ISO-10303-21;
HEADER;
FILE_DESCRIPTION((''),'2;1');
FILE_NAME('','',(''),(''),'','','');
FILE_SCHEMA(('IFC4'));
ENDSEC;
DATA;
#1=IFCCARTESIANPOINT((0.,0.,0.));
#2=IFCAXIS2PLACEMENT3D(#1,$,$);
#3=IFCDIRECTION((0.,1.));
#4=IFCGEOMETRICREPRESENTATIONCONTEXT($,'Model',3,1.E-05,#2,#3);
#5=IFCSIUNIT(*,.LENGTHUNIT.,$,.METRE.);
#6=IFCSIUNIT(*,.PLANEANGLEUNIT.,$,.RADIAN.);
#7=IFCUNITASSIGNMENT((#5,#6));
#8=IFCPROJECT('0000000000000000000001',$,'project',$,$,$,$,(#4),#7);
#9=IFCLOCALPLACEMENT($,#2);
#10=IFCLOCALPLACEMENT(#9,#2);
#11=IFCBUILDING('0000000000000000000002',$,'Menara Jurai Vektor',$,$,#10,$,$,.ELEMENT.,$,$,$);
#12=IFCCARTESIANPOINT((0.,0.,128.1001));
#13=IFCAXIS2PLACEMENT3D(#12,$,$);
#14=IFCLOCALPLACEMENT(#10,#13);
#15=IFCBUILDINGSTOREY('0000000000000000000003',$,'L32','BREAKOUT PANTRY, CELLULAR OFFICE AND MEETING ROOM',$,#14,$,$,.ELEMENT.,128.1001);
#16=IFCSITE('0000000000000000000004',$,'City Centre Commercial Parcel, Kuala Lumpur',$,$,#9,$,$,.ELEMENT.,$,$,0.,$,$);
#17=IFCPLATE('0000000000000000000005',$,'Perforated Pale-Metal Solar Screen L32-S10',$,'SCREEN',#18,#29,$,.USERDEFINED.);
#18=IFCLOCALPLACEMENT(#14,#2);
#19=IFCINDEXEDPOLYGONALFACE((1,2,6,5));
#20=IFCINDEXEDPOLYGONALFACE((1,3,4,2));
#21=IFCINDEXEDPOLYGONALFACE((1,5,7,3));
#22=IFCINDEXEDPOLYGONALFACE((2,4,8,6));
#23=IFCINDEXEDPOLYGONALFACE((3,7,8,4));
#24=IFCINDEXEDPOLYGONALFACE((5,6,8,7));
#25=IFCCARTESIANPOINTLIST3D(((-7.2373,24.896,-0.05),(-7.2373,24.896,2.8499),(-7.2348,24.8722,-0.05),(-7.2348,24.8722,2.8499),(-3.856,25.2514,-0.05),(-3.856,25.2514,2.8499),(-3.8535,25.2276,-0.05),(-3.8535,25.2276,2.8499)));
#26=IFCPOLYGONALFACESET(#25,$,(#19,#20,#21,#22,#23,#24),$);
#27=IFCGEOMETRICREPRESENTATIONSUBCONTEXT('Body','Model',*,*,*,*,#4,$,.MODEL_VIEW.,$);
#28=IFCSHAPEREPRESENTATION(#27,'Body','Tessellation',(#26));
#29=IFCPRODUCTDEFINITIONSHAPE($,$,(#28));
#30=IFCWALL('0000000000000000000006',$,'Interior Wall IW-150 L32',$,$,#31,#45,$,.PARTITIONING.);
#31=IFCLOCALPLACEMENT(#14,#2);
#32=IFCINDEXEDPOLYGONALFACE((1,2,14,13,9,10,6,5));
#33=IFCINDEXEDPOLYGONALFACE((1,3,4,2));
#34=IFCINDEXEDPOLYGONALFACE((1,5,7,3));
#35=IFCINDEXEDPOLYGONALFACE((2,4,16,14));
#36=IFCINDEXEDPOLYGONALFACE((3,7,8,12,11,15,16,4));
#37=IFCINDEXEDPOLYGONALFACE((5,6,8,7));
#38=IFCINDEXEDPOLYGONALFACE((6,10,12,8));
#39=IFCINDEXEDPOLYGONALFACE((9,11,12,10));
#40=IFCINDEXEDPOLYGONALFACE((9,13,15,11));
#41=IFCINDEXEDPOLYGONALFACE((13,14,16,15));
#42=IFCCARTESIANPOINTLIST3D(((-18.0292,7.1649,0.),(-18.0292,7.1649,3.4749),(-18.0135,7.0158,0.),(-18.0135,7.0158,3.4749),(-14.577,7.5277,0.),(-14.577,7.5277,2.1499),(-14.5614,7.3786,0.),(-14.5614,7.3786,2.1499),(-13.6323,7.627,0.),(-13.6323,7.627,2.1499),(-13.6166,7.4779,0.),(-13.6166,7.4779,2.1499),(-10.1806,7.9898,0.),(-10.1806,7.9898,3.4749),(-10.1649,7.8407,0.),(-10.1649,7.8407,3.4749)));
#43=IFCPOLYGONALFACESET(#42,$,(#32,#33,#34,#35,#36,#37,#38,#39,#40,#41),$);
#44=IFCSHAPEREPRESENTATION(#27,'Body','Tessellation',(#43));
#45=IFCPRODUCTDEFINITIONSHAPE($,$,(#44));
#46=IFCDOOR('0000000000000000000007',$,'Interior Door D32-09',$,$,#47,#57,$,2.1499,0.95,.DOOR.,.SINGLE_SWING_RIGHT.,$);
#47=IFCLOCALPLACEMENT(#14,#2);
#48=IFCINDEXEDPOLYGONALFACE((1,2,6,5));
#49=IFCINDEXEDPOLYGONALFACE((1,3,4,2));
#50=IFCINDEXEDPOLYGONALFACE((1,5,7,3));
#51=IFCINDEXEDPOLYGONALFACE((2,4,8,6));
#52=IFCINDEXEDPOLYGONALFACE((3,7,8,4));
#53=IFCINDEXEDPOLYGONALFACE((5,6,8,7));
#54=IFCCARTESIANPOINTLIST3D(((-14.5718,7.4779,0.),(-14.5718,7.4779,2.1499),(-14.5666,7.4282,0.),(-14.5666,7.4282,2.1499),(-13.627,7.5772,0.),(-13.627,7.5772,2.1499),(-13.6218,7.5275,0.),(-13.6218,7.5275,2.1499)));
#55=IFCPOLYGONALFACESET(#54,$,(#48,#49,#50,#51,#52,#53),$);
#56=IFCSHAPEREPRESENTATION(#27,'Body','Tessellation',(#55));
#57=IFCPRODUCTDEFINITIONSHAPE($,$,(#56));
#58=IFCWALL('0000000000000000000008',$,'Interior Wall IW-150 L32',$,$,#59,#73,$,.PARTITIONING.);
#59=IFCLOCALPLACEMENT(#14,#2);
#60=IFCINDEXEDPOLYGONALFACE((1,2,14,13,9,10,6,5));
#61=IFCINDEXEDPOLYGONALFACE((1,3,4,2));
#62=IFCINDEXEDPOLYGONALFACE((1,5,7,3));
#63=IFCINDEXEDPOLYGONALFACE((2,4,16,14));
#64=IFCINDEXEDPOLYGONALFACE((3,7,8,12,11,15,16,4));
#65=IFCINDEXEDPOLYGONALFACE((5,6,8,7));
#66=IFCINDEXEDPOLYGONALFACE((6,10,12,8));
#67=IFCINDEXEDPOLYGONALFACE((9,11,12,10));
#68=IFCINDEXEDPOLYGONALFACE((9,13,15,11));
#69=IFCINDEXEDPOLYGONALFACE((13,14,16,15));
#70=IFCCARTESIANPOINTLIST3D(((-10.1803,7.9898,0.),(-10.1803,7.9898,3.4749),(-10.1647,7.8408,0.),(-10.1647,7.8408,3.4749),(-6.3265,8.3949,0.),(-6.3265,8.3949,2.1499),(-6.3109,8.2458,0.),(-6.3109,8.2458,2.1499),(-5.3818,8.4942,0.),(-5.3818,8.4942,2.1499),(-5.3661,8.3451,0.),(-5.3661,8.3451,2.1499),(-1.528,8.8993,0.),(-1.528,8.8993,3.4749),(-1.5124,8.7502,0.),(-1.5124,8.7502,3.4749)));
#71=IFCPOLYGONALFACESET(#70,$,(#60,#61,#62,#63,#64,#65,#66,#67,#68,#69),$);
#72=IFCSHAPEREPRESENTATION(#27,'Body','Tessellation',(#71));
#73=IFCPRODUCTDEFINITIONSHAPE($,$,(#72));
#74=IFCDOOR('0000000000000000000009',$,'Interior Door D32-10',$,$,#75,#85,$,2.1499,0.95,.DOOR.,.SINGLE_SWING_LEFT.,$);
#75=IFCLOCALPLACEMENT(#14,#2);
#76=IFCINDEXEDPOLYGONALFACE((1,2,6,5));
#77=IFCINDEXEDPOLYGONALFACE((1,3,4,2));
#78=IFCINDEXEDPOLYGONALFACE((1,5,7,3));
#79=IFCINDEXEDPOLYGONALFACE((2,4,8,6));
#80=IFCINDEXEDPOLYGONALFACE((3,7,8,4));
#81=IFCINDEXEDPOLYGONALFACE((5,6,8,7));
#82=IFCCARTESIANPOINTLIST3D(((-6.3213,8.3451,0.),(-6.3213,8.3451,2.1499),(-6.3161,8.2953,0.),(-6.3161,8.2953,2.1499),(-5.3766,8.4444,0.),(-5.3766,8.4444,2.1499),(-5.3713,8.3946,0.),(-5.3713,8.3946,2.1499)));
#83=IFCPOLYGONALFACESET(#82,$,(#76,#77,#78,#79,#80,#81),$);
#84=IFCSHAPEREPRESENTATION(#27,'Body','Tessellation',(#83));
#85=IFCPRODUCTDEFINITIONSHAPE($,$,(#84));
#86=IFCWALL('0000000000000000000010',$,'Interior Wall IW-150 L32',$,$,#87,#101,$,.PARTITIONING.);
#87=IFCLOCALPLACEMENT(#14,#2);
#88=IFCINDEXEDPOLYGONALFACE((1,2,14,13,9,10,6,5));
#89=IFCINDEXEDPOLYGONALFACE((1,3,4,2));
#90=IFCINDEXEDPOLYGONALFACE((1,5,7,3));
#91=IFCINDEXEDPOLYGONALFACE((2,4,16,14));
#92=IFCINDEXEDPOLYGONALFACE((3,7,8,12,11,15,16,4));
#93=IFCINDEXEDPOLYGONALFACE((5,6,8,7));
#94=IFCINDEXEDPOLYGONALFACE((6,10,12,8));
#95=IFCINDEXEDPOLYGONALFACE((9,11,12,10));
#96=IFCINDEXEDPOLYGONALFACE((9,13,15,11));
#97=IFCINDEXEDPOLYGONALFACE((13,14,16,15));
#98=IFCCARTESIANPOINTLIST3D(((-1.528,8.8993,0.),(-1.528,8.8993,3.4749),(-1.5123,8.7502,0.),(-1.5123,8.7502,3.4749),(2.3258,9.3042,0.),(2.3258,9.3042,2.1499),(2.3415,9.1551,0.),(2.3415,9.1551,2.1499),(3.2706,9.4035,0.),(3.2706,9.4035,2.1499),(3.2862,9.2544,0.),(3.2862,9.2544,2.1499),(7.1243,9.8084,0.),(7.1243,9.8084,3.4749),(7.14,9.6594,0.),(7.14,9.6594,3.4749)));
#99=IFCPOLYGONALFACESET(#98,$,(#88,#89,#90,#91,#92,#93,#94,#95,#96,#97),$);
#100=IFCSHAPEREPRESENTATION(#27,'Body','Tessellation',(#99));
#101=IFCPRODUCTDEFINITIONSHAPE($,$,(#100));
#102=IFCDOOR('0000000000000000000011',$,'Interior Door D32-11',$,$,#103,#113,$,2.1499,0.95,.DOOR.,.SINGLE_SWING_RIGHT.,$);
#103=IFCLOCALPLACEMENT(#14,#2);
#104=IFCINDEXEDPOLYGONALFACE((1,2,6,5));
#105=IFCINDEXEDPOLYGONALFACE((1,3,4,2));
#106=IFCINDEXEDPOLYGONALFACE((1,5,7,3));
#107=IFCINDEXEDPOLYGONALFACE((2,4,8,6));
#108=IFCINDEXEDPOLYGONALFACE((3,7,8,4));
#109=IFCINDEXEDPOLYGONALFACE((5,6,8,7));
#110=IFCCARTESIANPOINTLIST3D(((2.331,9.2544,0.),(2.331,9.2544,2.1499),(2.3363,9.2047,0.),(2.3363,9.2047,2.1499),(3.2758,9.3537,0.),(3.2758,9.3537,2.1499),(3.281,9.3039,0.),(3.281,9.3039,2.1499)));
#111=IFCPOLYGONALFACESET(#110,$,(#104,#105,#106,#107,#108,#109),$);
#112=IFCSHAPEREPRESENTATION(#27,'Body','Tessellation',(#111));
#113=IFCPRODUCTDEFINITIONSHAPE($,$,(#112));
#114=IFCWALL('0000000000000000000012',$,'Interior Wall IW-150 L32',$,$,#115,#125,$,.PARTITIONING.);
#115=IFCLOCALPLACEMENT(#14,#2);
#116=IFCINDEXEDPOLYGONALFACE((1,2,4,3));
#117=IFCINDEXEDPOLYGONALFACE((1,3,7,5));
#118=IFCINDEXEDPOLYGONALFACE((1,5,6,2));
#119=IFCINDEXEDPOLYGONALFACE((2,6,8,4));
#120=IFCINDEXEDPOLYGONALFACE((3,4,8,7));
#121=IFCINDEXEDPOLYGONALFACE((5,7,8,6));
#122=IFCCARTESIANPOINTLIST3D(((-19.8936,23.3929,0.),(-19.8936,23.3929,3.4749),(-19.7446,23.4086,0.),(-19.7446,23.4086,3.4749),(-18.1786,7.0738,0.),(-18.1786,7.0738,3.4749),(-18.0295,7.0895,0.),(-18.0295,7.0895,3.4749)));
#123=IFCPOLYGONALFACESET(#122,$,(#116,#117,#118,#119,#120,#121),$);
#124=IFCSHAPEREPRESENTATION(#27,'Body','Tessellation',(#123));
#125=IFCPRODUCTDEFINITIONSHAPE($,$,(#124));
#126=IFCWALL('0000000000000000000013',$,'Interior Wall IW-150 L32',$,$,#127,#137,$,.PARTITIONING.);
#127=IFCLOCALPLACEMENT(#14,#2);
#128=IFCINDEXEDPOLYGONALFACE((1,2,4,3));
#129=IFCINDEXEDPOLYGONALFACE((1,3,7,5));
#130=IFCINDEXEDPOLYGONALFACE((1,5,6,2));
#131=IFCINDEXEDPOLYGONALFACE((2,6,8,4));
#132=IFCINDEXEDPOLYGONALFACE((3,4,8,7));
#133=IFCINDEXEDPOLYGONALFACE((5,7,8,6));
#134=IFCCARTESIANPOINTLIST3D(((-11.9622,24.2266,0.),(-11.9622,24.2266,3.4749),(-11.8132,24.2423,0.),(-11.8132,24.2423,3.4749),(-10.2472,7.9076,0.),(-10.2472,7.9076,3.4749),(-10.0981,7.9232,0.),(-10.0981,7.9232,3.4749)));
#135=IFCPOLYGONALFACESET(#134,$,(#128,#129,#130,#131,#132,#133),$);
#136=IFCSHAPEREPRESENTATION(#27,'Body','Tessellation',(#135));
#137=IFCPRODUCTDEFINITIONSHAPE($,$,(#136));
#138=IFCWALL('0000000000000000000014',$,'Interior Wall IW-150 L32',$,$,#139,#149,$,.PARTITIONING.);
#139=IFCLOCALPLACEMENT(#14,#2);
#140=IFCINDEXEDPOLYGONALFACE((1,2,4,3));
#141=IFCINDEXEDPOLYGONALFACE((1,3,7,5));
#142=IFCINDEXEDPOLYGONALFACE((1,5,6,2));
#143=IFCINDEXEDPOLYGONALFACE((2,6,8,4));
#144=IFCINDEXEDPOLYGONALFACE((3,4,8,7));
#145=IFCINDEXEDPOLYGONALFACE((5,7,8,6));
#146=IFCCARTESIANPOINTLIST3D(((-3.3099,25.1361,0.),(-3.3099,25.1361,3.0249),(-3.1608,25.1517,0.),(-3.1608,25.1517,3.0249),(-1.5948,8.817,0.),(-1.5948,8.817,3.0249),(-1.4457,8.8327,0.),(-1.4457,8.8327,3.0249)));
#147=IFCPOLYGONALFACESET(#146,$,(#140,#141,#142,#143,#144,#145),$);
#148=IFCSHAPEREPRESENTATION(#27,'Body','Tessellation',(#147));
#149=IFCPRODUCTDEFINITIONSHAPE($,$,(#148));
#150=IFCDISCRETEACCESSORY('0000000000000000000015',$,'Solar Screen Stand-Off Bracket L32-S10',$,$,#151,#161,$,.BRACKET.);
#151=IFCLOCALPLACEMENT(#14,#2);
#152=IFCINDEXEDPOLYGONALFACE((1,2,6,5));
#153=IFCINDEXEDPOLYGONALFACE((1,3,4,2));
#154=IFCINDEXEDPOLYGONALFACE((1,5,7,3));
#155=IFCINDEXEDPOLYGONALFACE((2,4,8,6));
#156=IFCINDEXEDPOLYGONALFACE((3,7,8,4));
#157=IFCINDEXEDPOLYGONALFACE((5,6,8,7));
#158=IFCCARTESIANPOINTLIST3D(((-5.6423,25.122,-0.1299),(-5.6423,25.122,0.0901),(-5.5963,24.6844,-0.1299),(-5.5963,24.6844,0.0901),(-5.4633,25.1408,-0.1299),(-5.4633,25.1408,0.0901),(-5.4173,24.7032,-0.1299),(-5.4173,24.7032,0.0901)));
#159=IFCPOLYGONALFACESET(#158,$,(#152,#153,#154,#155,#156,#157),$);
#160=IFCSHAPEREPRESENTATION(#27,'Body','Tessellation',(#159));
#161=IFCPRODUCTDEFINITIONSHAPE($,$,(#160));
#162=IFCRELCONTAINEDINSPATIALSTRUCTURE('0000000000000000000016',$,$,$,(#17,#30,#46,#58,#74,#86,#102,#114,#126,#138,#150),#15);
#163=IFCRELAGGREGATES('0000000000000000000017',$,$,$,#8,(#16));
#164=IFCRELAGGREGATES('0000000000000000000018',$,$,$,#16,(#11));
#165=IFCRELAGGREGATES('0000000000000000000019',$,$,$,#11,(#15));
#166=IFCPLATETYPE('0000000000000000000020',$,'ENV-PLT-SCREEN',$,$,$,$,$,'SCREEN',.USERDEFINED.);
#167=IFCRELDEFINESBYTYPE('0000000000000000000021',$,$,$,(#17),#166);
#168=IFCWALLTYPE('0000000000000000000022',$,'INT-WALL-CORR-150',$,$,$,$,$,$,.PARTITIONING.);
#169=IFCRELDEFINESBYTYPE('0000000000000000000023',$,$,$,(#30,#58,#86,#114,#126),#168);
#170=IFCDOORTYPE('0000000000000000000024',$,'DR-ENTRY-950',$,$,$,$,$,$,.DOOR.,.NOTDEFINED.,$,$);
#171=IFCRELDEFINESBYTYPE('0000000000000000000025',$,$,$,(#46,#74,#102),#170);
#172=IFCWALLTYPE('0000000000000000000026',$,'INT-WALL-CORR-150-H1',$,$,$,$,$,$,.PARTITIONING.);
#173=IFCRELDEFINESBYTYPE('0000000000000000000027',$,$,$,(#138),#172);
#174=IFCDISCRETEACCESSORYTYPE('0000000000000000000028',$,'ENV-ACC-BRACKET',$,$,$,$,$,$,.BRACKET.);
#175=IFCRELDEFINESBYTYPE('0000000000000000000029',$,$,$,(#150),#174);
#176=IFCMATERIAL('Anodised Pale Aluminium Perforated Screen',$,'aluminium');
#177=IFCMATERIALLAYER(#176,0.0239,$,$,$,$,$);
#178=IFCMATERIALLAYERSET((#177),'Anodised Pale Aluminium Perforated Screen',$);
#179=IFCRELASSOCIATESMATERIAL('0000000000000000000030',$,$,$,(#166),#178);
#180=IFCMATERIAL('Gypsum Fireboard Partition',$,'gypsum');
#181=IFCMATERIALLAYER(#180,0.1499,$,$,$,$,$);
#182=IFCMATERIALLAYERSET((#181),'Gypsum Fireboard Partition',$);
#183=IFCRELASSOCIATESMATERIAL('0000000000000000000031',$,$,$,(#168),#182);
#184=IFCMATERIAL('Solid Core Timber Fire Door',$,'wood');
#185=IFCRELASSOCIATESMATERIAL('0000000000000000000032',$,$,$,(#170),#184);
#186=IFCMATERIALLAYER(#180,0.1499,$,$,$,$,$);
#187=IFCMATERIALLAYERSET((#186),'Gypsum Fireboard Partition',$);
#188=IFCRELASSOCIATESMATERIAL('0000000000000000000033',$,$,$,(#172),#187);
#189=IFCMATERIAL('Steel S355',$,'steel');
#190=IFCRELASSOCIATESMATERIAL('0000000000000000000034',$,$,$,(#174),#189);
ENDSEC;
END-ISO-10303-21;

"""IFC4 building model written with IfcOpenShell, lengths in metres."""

from ifc_helpers import new_model, si_unit, direction, frame, frame_2d, origin, origin_2d, place, context, subcontext, project, spatial, rectangle, extrude, material, layer, layer_set, type_object, element, fill, save


model = new_model("IFC4")

# Units and contexts
model_context = context("Model", 3, precision=1e-05, world=origin(), true_north=direction((0.0, 1.0)))
body_context = subcontext(model_context, "Body", "Model", "MODEL_VIEW")
ifc_project = project(units=[si_unit("LENGTHUNIT", "METRE"), si_unit("PLANEANGLEUNIT", "RADIAN")], contexts=[model_context])

# Site, building, storey
site_placement = place(None, origin())
site = spatial("IfcSite", under=ifc_project, at=site_placement, Name="City Centre Commercial Parcel, Kuala Lumpur", CompositionType="ELEMENT", RefElevation=0.0)
building_placement = place(site_placement, origin())
building = spatial("IfcBuilding", under=site, at=building_placement, Name="Menara Jurai Vektor", CompositionType="ELEMENT")
storey_placement = place(building_placement, frame((0.0, 0.0, 128.1001)))
storey = spatial("IfcBuildingStorey", under=building, at=storey_placement, Name="L32", Description="BREAKOUT PANTRY, CELLULAR OFFICE AND MEETING ROOM", CompositionType="ELEMENT", Elevation=128.1001)

# Shared definitions
ifc_material_1 = material(Name="Steel S355", Category="steel")

# Plate
ifc_material_2 = material(Name="Anodised Pale Aluminium Perforated Screen", Category="aluminium")
ifc_layer_1 = layer(ifc_material_2, 0.0239)
ifc_layer_set_1 = layer_set([ifc_layer_1], Name="Anodised Pale Aluminium Perforated Screen")
plate_type_1 = type_object("IfcPlateType", Name="ENV-PLT-SCREEN", ElementType="SCREEN", PredefinedType="USERDEFINED", material=ifc_layer_set_1)
plate_1_placement = place(storey_placement, frame((-5.5454, 25.0618, -0.05), z_axis=(0.0, 0.0, 1.0), x_axis=(-0.994522, -0.104528, 0.0)))
element("IfcPlate", 1, at=plate_1_placement, inside=storey, type_object=plate_type_1, Name="Perforated Pale-Metal Solar Screen L32-S10", ObjectType="SCREEN", PredefinedType="USERDEFINED", context=body_context, shape_type="SweptSolid", body=[
    extrude(rectangle(XDim=3.3999, YDim=0.0239, at=origin_2d()), origin(), (0.0, 0.0, 1.0), 2.8999),
])

# Walls, openings, doors
ifc_material_3 = material(Name="Gypsum Fireboard Partition", Category="gypsum")
ifc_layer_2 = layer(ifc_material_3, 0.1499)
ifc_layer_set_2 = layer_set([ifc_layer_2], Name="Gypsum Fireboard Partition")
wall_type_1 = type_object("IfcWallType", Name="INT-WALL-CORR-150", PredefinedType="PARTITIONING", material=ifc_layer_set_2)
wall_1_placement = place(storey_placement, frame((-18.0212, 7.0903, 0.0), z_axis=(0.0, 0.0, 1.0), x_axis=(0.994522, 0.104532, 0.0)))
wall_1 = element("IfcWall", 2, at=wall_1_placement, inside=storey, type_object=wall_type_1, Name="Interior Wall IW-150 L32", PredefinedType="PARTITIONING", context=body_context, shape_type="SweptSolid", body=[
    extrude(rectangle(XDim=7.8918, YDim=0.1499, at=frame_2d((3.9458, 0.0))), origin(), (0.0, 0.0, 1.0), 3.4749),
])
opening_1_placement = place(wall_1_placement, frame((3.4709, 0.0, 0.0)))
opening_1 = element("IfcOpeningElement", 3, at=opening_1_placement, cuts=wall_1, PredefinedType="OPENING", context=body_context, shape_type="SweptSolid", body=[
    extrude(rectangle(XDim=0.95, YDim=2.1499, at=frame_2d((0.4751, 1.075))), frame((0.0, 0.085, 0.0), z_axis=(0.0, -1.0, 0.0), x_axis=(1.0, 0.0, 0.0)), (0.0, 0.0, 1.0), 0.1699),
])
ifc_material_4 = material(Name="Solid Core Timber Fire Door", Category="wood")
door_type = type_object("IfcDoorType", Name="DR-ENTRY-950", OperationType="NOTDEFINED", PredefinedType="DOOR", material=ifc_material_4)
door_1_placement = place(opening_1_placement, origin())
door_1 = element("IfcDoor", 4, at=door_1_placement, inside=storey, type_object=door_type, Name="Interior Door D32-09", OperationType="SINGLE_SWING_RIGHT", OverallHeight=2.1499, OverallWidth=0.95, PredefinedType="DOOR", context=body_context, shape_type="SweptSolid", body=[
    extrude(rectangle(XDim=0.95, YDim=2.1499, at=frame_2d((0.4751, 1.075))), frame((0.0, 0.0249, 0.0), z_axis=(0.0, -1.0, 0.0), x_axis=(1.0, 0.0, 0.0)), (0.0, 0.0, 1.0), 0.05),
])
fill(opening_1, door_1)
wall_2_placement = place(storey_placement, frame((-10.1726, 7.9153, 0.0), z_axis=(0.0, 0.0, 1.0), x_axis=(0.994522, 0.104531, 0.0)))
wall_2 = element("IfcWall", 5, at=wall_2_placement, inside=storey, type_object=wall_type_1, Name="Interior Wall IW-150 L32", PredefinedType="PARTITIONING", context=body_context, shape_type="SweptSolid", body=[
    extrude(rectangle(XDim=8.7, YDim=0.1499, at=frame_2d((4.3501, 0.0))), origin(), (0.0, 0.0, 1.0), 3.4749),
])
opening_2_placement = place(wall_2_placement, frame((3.875, 0.0, 0.0)))
opening_2 = element("IfcOpeningElement", 6, at=opening_2_placement, cuts=wall_2, PredefinedType="OPENING", context=body_context, shape_type="SweptSolid", body=[
    extrude(rectangle(XDim=0.95, YDim=2.1499, at=frame_2d((0.4751, 1.075))), frame((0.0, 0.085, 0.0), z_axis=(0.0, -1.0, 0.0), x_axis=(1.0, 0.0, 0.0)), (0.0, 0.0, 1.0), 0.1699),
])
door_2_placement = place(opening_2_placement, origin())
door_2 = element("IfcDoor", 7, at=door_2_placement, inside=storey, type_object=door_type, Name="Interior Door D32-10", OperationType="SINGLE_SWING_LEFT", OverallHeight=2.1499, OverallWidth=0.95, PredefinedType="DOOR", context=body_context, shape_type="SweptSolid", body=[
    extrude(rectangle(XDim=0.95, YDim=2.1499, at=frame_2d((0.4751, 1.075))), frame((0.0, 0.0249, 0.0), z_axis=(0.0, -1.0, 0.0), x_axis=(1.0, 0.0, 0.0)), (0.0, 0.0, 1.0), 0.05),
])
fill(opening_2, door_2)
wall_3_placement = place(storey_placement, frame((-1.5203, 8.8247, 0.0), z_axis=(0.0, 0.0, 1.0), x_axis=(0.994525, 0.104504, 0.0)))
wall_3 = element("IfcWall", 8, at=wall_3_placement, inside=storey, type_object=wall_type_1, Name="Interior Wall IW-150 L32", PredefinedType="PARTITIONING", context=body_context, shape_type="SweptSolid", body=[
    extrude(rectangle(XDim=8.7, YDim=0.1499, at=frame_2d((4.3501, 0.0))), origin(), (0.0, 0.0, 1.0), 3.4749),
])
opening_3_placement = place(wall_3_placement, frame((3.875, 0.0, 0.0)))
opening_3 = element("IfcOpeningElement", 9, at=opening_3_placement, cuts=wall_3, PredefinedType="OPENING", context=body_context, shape_type="SweptSolid", body=[
    extrude(rectangle(XDim=0.95, YDim=2.1499, at=frame_2d((0.4751, 1.075))), frame((0.0, 0.085, 0.0), z_axis=(0.0, -1.0, 0.0), x_axis=(1.0, 0.0, 0.0)), (0.0, 0.0, 1.0), 0.1699),
])
door_3_placement = place(opening_3_placement, origin())
door_3 = element("IfcDoor", 10, at=door_3_placement, inside=storey, type_object=door_type, Name="Interior Door D32-11", OperationType="SINGLE_SWING_RIGHT", OverallHeight=2.1499, OverallWidth=0.95, PredefinedType="DOOR", context=body_context, shape_type="SweptSolid", body=[
    extrude(rectangle(XDim=0.95, YDim=2.1499, at=frame_2d((0.4751, 1.075))), frame((0.0, 0.0249, 0.0), z_axis=(0.0, -1.0, 0.0), x_axis=(1.0, 0.0, 0.0)), (0.0, 0.0, 1.0), 0.05),
])
fill(opening_3, door_3)

# Walls
for number, where, z_axis, x_axis, name in (
    (11, (-18.104, 7.0815, 0.0), (0.0, 0.0, 1.0), (-0.104521, 0.994523, 0.0), "Interior Wall IW-150 L32"),
    (12, (-10.1726, 7.9153, 0.0), (0.0, 0.0, 1.0), (-0.104521, 0.994523, 0.0), "Interior Wall IW-150 L32"),
):
    element("IfcWall", number, at=place(storey_placement, frame(where, z_axis=z_axis, x_axis=x_axis)), inside=storey, type_object=wall_type_1, Name=name, PredefinedType="PARTITIONING", context=body_context, shape_type="SweptSolid", body=[
        extrude(rectangle(XDim=16.4089, YDim=0.1499, at=frame_2d((8.2046, 0.0))), origin(), (0.0, 0.0, 1.0), 3.4749),
    ])
ifc_layer_3 = layer(ifc_material_3, 0.1499)
ifc_layer_set_3 = layer_set([ifc_layer_3], Name="Gypsum Fireboard Partition")
wall_type_2 = type_object("IfcWallType", Name="INT-WALL-CORR-150-H1", PredefinedType="PARTITIONING", material=ifc_layer_set_3)
wall_4_placement = place(storey_placement, frame((-1.5203, 8.8247, 0.0), z_axis=(0.0, 0.0, 1.0), x_axis=(-0.104521, 0.994523, 0.0)))
element("IfcWall", 13, at=wall_4_placement, inside=storey, type_object=wall_type_2, Name="Interior Wall IW-150 L32", PredefinedType="PARTITIONING", context=body_context, shape_type="SweptSolid", body=[
    extrude(rectangle(XDim=16.4089, YDim=0.1499, at=frame_2d((8.2046, 0.0))), origin(), (0.0, 0.0, 1.0), 3.0249),
])

# Discrete accessory
discrete_accessory_type = type_object("IfcDiscreteAccessoryType", Name="ENV-ACC-BRACKET", PredefinedType="BRACKET", material=ifc_material_1)
discrete_accessory_placement = place(storey_placement, frame((-5.5298, 24.9126, -0.1299), z_axis=(0.0, 0.0, 1.0), x_axis=(-0.994522, -0.104528, 0.0)))
element("IfcDiscreteAccessory", 14, at=discrete_accessory_placement, inside=storey, type_object=discrete_accessory_type, Name="Solar Screen Stand-Off Bracket L32-S10", PredefinedType="BRACKET", context=body_context, shape_type="SweptSolid", body=[
    extrude(rectangle(XDim=0.1799, YDim=0.4399, at=origin_2d()), origin(), (0.0, 0.0, 1.0), 0.22),
])

save(model, "model.ifc")
